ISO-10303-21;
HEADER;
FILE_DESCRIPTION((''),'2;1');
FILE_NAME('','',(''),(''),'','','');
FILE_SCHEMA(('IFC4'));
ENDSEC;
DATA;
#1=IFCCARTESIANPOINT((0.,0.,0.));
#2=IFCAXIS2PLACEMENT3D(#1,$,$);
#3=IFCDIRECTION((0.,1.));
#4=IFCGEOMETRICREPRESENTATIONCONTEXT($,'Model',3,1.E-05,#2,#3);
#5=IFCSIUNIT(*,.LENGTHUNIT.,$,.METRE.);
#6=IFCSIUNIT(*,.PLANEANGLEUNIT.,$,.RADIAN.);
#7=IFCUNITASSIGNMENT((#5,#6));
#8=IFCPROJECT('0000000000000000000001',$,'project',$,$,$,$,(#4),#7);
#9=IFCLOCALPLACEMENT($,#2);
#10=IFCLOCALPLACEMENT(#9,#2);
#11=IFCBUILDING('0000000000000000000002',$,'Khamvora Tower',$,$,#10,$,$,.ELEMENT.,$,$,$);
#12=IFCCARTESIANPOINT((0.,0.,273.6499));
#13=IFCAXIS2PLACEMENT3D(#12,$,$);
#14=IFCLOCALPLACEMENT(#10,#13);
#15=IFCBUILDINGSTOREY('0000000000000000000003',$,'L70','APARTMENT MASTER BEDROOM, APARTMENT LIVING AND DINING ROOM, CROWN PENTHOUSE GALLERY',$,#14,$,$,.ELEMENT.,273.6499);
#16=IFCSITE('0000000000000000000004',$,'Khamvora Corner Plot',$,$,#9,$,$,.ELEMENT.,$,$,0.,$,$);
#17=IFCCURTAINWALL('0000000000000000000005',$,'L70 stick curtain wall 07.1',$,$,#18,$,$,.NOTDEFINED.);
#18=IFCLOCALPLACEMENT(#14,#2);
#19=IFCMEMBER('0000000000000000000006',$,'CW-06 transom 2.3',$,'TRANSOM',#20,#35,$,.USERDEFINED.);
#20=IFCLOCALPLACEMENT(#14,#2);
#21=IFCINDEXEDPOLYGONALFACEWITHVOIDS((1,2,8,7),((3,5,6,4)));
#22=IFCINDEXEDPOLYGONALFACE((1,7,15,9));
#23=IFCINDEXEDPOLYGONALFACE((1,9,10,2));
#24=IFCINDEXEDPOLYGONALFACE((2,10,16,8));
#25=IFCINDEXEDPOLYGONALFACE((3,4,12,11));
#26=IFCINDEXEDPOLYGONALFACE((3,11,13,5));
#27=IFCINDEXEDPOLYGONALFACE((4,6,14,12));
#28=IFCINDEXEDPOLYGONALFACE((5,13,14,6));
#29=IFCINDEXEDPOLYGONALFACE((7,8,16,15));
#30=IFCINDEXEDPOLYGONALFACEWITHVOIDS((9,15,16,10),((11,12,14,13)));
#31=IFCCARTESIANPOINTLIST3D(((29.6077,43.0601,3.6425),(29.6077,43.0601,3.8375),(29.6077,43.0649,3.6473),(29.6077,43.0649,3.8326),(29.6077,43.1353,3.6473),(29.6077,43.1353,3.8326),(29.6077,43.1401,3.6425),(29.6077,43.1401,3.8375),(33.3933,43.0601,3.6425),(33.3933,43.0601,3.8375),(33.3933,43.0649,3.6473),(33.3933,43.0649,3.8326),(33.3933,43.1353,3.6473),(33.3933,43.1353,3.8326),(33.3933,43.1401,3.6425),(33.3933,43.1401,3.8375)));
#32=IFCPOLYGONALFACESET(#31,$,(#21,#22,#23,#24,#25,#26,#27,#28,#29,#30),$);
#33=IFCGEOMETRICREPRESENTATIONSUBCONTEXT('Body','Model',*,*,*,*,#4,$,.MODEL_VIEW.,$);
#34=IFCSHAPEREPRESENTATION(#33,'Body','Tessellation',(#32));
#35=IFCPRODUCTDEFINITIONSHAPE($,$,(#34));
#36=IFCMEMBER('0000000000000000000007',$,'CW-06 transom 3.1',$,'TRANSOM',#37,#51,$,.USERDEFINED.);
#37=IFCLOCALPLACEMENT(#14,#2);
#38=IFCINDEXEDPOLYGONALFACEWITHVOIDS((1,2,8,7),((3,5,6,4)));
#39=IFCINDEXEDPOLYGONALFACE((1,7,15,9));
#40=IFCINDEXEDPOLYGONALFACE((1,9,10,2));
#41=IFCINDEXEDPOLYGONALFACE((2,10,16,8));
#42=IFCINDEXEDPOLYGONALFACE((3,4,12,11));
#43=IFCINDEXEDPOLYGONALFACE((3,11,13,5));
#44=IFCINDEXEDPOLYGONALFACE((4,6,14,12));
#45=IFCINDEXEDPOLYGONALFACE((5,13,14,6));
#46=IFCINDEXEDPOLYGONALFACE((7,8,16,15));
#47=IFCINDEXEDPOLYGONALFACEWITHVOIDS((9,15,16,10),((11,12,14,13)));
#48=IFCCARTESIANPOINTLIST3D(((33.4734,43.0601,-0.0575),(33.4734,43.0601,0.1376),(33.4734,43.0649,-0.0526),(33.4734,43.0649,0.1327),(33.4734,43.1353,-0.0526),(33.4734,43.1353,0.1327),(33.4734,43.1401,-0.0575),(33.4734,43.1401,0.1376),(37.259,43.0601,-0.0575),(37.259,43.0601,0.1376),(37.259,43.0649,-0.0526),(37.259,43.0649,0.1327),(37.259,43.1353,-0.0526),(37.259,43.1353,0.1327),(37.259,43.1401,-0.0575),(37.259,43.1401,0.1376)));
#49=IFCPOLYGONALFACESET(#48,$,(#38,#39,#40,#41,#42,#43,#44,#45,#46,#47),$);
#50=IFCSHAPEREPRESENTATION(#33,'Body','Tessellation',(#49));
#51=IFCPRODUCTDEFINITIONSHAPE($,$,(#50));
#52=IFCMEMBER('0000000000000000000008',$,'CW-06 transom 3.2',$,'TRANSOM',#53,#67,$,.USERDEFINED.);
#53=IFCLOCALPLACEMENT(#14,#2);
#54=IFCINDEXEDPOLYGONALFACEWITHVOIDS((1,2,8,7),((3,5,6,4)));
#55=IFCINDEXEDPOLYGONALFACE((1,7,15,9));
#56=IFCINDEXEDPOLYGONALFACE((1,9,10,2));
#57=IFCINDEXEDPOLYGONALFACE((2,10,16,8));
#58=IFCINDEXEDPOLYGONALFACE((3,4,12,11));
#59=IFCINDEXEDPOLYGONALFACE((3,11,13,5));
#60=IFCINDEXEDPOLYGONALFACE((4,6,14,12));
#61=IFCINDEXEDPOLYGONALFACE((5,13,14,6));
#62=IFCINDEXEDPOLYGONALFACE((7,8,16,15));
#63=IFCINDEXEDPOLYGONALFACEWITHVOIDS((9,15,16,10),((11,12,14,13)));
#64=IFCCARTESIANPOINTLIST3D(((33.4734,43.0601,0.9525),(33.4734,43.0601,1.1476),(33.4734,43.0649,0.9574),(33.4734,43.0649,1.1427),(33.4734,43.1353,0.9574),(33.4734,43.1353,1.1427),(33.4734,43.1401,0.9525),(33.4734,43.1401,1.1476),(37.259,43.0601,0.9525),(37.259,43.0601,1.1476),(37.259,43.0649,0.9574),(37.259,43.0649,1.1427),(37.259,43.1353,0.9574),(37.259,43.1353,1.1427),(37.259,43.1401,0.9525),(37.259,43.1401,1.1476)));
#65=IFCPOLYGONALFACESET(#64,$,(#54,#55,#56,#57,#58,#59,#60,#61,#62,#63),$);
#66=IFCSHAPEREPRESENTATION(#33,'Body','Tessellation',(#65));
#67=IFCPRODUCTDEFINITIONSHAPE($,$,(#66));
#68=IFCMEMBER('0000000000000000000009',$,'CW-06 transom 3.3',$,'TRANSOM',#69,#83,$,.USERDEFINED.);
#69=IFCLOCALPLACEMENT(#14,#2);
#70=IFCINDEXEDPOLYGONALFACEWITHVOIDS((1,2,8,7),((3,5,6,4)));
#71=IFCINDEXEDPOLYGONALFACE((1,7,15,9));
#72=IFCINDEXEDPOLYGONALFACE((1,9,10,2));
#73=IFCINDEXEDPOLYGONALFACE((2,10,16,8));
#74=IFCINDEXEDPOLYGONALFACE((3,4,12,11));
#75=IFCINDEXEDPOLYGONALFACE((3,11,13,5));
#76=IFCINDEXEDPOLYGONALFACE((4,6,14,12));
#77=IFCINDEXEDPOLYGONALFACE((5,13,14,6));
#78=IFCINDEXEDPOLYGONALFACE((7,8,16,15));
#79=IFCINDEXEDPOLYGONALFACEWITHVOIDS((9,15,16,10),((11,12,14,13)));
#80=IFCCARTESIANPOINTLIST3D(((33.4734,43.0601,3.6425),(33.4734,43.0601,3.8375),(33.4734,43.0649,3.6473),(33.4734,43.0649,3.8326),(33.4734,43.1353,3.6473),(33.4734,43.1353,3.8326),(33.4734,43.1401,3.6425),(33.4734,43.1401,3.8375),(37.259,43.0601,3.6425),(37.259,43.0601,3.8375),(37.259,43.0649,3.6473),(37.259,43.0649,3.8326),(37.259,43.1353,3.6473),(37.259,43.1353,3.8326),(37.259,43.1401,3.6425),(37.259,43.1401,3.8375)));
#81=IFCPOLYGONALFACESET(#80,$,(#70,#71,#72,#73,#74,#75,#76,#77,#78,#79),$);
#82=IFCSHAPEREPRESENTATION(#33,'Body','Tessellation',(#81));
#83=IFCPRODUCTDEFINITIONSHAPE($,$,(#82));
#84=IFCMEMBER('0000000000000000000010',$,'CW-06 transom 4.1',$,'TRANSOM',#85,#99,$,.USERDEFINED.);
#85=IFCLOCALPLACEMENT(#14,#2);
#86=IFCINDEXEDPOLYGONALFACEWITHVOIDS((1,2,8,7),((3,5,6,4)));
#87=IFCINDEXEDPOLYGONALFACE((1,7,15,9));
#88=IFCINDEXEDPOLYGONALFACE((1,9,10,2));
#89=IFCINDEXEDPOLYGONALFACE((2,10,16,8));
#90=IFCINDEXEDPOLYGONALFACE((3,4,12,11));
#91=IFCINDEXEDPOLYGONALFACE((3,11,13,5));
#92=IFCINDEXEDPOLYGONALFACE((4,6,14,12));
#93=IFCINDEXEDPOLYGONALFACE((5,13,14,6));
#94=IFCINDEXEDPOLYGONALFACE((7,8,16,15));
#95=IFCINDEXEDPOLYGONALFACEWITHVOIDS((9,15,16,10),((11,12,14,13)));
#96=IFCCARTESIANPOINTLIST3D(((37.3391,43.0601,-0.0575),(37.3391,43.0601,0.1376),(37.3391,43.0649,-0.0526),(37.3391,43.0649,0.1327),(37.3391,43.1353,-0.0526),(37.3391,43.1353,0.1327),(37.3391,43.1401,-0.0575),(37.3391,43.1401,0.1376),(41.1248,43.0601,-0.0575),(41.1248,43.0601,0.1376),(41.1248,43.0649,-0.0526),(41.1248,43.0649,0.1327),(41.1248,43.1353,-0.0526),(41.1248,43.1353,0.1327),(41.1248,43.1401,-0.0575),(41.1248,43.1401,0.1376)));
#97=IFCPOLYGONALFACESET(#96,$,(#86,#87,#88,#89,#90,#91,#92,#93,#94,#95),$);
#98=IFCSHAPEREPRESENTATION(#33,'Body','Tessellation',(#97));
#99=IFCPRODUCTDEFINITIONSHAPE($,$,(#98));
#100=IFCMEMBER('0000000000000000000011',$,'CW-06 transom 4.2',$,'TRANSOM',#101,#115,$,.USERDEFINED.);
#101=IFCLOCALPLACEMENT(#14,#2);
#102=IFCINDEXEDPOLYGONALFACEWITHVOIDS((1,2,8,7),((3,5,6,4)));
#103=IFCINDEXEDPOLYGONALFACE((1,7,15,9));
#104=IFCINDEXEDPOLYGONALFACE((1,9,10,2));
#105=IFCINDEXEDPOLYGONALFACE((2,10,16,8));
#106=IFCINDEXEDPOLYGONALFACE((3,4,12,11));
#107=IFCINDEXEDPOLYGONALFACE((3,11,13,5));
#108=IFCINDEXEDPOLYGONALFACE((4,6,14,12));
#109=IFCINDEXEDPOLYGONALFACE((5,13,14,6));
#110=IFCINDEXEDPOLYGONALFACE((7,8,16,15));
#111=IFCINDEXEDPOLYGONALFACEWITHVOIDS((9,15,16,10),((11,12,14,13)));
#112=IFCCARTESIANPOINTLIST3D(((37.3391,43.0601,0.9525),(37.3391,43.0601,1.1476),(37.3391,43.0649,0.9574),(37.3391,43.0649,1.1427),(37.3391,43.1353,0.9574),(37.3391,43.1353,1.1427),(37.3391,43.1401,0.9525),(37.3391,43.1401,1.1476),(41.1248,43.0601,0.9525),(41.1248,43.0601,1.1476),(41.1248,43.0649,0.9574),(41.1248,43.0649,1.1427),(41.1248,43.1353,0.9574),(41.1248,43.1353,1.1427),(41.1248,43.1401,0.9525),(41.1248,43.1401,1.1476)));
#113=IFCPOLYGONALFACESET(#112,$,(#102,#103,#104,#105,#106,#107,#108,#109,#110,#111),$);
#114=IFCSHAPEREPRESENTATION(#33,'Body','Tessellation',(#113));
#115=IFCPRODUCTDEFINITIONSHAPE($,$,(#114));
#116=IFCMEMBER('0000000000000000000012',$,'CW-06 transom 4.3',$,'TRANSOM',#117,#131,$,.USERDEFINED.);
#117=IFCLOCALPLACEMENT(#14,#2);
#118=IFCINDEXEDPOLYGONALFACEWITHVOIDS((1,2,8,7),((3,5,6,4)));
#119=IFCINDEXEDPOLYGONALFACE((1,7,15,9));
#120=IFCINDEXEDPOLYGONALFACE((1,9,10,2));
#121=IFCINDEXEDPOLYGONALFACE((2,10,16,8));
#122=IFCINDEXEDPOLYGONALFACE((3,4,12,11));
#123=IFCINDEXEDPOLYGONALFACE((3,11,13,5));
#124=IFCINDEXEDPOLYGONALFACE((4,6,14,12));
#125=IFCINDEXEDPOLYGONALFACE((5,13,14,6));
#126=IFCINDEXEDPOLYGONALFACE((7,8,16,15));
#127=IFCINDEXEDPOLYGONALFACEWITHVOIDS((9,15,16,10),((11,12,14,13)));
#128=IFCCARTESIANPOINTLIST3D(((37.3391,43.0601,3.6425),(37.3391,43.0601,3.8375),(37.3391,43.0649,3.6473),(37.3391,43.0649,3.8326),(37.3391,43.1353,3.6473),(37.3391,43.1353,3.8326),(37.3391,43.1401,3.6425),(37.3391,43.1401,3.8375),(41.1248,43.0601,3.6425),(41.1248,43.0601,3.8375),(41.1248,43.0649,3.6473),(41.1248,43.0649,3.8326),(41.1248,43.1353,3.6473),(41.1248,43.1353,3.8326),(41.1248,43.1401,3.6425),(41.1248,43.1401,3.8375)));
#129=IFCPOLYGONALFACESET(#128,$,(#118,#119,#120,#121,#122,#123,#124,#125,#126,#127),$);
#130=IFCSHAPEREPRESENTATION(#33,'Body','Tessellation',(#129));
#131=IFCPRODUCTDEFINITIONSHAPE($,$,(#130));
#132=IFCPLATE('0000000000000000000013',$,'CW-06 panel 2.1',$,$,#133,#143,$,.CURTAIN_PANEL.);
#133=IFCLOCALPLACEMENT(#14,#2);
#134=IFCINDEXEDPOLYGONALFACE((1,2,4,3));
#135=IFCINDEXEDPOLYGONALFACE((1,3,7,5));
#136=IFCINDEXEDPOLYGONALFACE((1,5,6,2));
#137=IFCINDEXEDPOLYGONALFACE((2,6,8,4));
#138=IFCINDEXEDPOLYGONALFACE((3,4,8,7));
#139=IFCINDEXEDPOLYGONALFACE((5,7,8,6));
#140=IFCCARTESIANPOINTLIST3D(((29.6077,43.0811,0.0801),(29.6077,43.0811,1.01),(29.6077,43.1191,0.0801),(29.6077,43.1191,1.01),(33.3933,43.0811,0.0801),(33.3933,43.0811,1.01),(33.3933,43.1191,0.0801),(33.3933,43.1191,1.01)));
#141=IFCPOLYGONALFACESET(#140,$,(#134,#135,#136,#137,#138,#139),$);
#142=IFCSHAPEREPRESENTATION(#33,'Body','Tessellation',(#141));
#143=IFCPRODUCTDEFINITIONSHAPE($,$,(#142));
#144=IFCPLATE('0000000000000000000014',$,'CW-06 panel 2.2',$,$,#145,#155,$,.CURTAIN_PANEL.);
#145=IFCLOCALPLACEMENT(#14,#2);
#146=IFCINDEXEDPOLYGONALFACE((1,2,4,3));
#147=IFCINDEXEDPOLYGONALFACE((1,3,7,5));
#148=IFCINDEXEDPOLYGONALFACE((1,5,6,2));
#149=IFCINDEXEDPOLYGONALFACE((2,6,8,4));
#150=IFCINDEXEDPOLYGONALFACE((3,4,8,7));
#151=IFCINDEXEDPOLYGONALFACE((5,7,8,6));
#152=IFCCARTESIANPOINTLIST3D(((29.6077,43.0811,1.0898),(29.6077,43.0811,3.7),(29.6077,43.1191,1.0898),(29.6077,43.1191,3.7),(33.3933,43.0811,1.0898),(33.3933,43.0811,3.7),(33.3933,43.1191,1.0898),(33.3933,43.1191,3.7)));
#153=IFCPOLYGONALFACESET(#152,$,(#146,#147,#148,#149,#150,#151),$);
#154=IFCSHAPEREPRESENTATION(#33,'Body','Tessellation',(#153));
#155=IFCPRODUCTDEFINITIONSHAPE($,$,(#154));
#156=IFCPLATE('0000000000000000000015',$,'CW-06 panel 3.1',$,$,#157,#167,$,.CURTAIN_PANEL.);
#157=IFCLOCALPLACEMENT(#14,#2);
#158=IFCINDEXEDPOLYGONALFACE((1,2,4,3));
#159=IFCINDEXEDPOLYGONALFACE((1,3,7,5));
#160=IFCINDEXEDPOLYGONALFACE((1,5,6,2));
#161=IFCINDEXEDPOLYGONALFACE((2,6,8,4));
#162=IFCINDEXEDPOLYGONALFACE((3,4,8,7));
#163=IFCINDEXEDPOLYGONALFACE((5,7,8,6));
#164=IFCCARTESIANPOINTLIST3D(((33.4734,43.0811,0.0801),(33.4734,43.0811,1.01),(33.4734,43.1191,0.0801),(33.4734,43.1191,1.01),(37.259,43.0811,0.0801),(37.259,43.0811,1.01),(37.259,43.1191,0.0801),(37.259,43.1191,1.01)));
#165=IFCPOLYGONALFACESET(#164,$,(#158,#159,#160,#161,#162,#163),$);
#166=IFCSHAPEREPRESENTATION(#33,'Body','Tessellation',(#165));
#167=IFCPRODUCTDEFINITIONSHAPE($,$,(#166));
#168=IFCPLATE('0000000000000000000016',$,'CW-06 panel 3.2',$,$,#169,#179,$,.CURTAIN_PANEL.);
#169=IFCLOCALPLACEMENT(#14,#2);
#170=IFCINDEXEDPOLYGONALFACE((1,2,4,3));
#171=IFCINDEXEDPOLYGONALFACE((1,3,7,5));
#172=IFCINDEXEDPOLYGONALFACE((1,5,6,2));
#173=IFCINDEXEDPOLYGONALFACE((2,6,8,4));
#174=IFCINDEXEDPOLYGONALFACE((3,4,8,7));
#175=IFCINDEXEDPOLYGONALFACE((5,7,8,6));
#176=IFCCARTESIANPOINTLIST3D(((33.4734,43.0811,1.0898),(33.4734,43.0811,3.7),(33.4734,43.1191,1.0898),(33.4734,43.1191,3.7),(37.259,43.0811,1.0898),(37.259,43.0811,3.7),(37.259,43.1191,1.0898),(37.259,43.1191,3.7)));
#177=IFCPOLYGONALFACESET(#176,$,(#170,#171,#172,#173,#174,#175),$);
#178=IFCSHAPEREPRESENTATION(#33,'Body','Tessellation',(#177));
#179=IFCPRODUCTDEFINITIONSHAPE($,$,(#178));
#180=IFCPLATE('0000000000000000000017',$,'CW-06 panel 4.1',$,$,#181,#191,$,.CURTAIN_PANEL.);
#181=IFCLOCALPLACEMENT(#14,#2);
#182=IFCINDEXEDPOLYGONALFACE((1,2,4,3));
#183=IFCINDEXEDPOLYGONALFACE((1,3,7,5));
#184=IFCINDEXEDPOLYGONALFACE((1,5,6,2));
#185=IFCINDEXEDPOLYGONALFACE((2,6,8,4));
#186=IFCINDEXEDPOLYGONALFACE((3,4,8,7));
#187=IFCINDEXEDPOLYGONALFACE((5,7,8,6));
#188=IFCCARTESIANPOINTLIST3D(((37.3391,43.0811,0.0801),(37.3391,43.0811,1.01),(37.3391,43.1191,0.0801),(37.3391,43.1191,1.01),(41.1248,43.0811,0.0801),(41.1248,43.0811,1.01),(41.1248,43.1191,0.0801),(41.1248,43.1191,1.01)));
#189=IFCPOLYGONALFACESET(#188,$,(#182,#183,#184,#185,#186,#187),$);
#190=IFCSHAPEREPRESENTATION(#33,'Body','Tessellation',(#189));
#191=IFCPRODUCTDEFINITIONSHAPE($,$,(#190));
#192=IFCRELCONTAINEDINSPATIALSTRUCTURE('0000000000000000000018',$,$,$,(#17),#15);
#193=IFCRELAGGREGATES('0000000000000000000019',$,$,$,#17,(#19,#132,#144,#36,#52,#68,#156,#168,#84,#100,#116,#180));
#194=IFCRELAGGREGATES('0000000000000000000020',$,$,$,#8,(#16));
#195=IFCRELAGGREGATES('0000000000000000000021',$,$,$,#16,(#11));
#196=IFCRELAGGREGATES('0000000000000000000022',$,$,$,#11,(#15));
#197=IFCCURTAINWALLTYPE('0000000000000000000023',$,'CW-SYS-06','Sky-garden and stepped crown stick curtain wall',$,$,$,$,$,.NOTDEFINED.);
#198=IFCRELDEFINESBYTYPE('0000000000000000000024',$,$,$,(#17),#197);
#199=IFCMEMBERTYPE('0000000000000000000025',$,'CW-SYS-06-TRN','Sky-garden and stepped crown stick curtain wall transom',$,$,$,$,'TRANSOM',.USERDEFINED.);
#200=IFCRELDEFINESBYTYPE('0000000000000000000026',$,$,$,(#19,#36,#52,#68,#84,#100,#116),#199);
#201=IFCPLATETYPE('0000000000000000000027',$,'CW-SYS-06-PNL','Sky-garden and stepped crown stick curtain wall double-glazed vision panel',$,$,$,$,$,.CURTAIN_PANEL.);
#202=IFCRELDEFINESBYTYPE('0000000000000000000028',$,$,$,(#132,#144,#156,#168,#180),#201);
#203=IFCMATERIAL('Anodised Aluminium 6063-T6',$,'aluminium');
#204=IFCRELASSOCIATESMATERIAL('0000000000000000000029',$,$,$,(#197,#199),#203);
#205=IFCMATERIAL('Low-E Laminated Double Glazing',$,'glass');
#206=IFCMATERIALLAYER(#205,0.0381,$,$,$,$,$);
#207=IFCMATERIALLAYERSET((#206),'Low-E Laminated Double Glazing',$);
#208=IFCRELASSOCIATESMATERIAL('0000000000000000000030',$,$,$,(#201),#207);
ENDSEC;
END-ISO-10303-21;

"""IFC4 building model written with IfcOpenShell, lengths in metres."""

from ifc_helpers import new_model, si_unit, direction, frame, origin, origin_2d, place, context, subcontext, project, spatial, rectangle, hollow_rectangle, extrude, material, layer, layer_set, material_profile, profile_set, type_object, element, aggregate, save


model = new_model("IFC4")

# Units and contexts
model_context = context("Model", 3, precision=1e-05, world=origin(), true_north=direction((0.0, 1.0)))
body_context = subcontext(model_context, "Body", "Model", "MODEL_VIEW")
ifc_project = project(units=[si_unit("LENGTHUNIT", "METRE"), si_unit("PLANEANGLEUNIT", "RADIAN")], contexts=[model_context])

# Site, building, storey
site_placement = place(None, origin())
site = spatial("IfcSite", under=ifc_project, at=site_placement, Name="Khamvora Corner Plot", CompositionType="ELEMENT", RefElevation=0.0)
building_placement = place(site_placement, origin())
building = spatial("IfcBuilding", under=site, at=building_placement, Name="Khamvora Tower", CompositionType="ELEMENT")
storey_placement = place(building_placement, frame((0.0, 0.0, 273.6499)))
storey = spatial("IfcBuildingStorey", under=building, at=storey_placement, Name="L70", Description="APARTMENT MASTER BEDROOM, APARTMENT LIVING AND DINING ROOM, CROWN PENTHOUSE GALLERY", CompositionType="ELEMENT", Elevation=273.6499)

# Curtain wall, members, plates
ifc_material_1 = material(Name="Anodised Aluminium 6063-T6", Category="aluminium")
curtain_wall_type = type_object("IfcCurtainWallType", Name="CW-SYS-06", Description="Sky-garden and stepped crown stick curtain wall", PredefinedType="NOTDEFINED", material=ifc_material_1)
curtain_wall_placement = place(storey_placement, origin())
curtain_wall = element("IfcCurtainWall", 1, at=curtain_wall_placement, inside=storey, type_object=curtain_wall_type, Name="L70 stick curtain wall 07.1", PredefinedType="NOTDEFINED")
ifc_material_profile_1 = material_profile(ifc_material_1, hollow_rectangle(XDim=0.0801, YDim=0.1951, WallThickness=0.0049, at=origin_2d()), Name="TRN80x195x5")
ifc_profile_set_1 = profile_set([ifc_material_profile_1], Name="Anodised Aluminium 6063-T6")
member_type_1 = type_object("IfcMemberType", Name="CW-SYS-06-TRN", Description="Sky-garden and stepped crown stick curtain wall transom", ElementType="TRANSOM", PredefinedType="USERDEFINED", material=ifc_profile_set_1)
member_1_placement = place(storey_placement, frame((29.6077, 43.1001, 3.74), z_axis=(1.0, 0.0, 0.0), x_axis=(0.0, 1.0, 0.0)))
member_1 = element("IfcMember", 2, at=member_1_placement, type_object=member_type_1, Name="CW-06 transom 2.3", ObjectType="TRANSOM", PredefinedType="USERDEFINED", context=body_context, shape_type="SweptSolid", body=[
    extrude(hollow_rectangle(XDim=0.0801, YDim=0.1951, WallThickness=0.0049, at=origin_2d()), origin(), (0.0, 0.0, 1.0), 3.7856),
])
member_2_placement = place(storey_placement, frame((33.4734, 43.1001, 0.04), z_axis=(1.0, 0.0, 0.0), x_axis=(0.0, 1.0, 0.0)))
member_2 = element("IfcMember", 3, at=member_2_placement, type_object=member_type_1, Name="CW-06 transom 3.1", ObjectType="TRANSOM", PredefinedType="USERDEFINED", context=body_context, shape_type="SweptSolid", body=[
    extrude(hollow_rectangle(XDim=0.0801, YDim=0.1951, WallThickness=0.0049, at=origin_2d()), origin(), (0.0, 0.0, 1.0), 3.7856),
])
member_3_placement = place(storey_placement, frame((33.4734, 43.1001, 1.05), z_axis=(1.0, 0.0, 0.0), x_axis=(0.0, 1.0, 0.0)))
member_3 = element("IfcMember", 4, at=member_3_placement, type_object=member_type_1, Name="CW-06 transom 3.2", ObjectType="TRANSOM", PredefinedType="USERDEFINED", context=body_context, shape_type="SweptSolid", body=[
    extrude(hollow_rectangle(XDim=0.0801, YDim=0.1951, WallThickness=0.0049, at=origin_2d()), origin(), (0.0, 0.0, 1.0), 3.7856),
])
member_4_placement = place(storey_placement, frame((33.4734, 43.1001, 3.74), z_axis=(1.0, 0.0, 0.0), x_axis=(0.0, 1.0, 0.0)))
member_4 = element("IfcMember", 5, at=member_4_placement, type_object=member_type_1, Name="CW-06 transom 3.3", ObjectType="TRANSOM", PredefinedType="USERDEFINED", context=body_context, shape_type="SweptSolid", body=[
    extrude(hollow_rectangle(XDim=0.0801, YDim=0.1951, WallThickness=0.0049, at=origin_2d()), origin(), (0.0, 0.0, 1.0), 3.7856),
])
member_5_placement = place(storey_placement, frame((37.3391, 43.1001, 0.04), z_axis=(1.0, 0.0, 0.0), x_axis=(0.0, 1.0, 0.0)))
member_5 = element("IfcMember", 6, at=member_5_placement, type_object=member_type_1, Name="CW-06 transom 4.1", ObjectType="TRANSOM", PredefinedType="USERDEFINED", context=body_context, shape_type="SweptSolid", body=[
    extrude(hollow_rectangle(XDim=0.0801, YDim=0.1951, WallThickness=0.0049, at=origin_2d()), origin(), (0.0, 0.0, 1.0), 3.7856),
])
member_6_placement = place(storey_placement, frame((37.3391, 43.1001, 1.05), z_axis=(1.0, 0.0, 0.0), x_axis=(0.0, 1.0, 0.0)))
member_6 = element("IfcMember", 7, at=member_6_placement, type_object=member_type_1, Name="CW-06 transom 4.2", ObjectType="TRANSOM", PredefinedType="USERDEFINED", context=body_context, shape_type="SweptSolid", body=[
    extrude(hollow_rectangle(XDim=0.0801, YDim=0.1951, WallThickness=0.0049, at=origin_2d()), origin(), (0.0, 0.0, 1.0), 3.7856),
])
member_7_placement = place(storey_placement, frame((37.3391, 43.1001, 3.74), z_axis=(1.0, 0.0, 0.0), x_axis=(0.0, 1.0, 0.0)))
member_7 = element("IfcMember", 8, at=member_7_placement, type_object=member_type_1, Name="CW-06 transom 4.3", ObjectType="TRANSOM", PredefinedType="USERDEFINED", context=body_context, shape_type="SweptSolid", body=[
    extrude(hollow_rectangle(XDim=0.0801, YDim=0.1951, WallThickness=0.0049, at=origin_2d()), origin(), (0.0, 0.0, 1.0), 3.7856),
])
ifc_material_2 = material(Name="Low-E Laminated Double Glazing", Category="glass")
ifc_layer_1 = layer(ifc_material_2, 0.0381)
ifc_layer_set_1 = layer_set([ifc_layer_1], Name="Low-E Laminated Double Glazing")
plate_type_1 = type_object("IfcPlateType", Name="CW-SYS-06-PNL", Description="Sky-garden and stepped crown stick curtain wall double-glazed vision panel", PredefinedType="CURTAIN_PANEL", material=ifc_layer_set_1)
plate_1_placement = place(storey_placement, frame((31.5005, 43.1001, 0.0801), z_axis=(0.0, 0.0, 1.0), x_axis=(1.0, 0.0, 0.0)))
plate_1 = element("IfcPlate", 9, at=plate_1_placement, type_object=plate_type_1, Name="CW-06 panel 2.1", PredefinedType="CURTAIN_PANEL", context=body_context, shape_type="SweptSolid", body=[
    extrude(rectangle(XDim=3.7856, YDim=0.0381, at=origin_2d()), origin(), (0.0, 0.0, 1.0), 0.9299),
])
plate_2_placement = place(storey_placement, frame((31.5005, 43.1001, 1.0898), z_axis=(0.0, 0.0, 1.0), x_axis=(1.0, 0.0, 0.0)))
plate_2 = element("IfcPlate", 10, at=plate_2_placement, type_object=plate_type_1, Name="CW-06 panel 2.2", PredefinedType="CURTAIN_PANEL", context=body_context, shape_type="SweptSolid", body=[
    extrude(rectangle(XDim=3.7856, YDim=0.0381, at=origin_2d()), origin(), (0.0, 0.0, 1.0), 2.6101),
])
plate_3_placement = place(storey_placement, frame((35.3662, 43.1001, 0.0801), z_axis=(0.0, 0.0, 1.0), x_axis=(1.0, 0.0, 0.0)))
plate_3 = element("IfcPlate", 11, at=plate_3_placement, type_object=plate_type_1, Name="CW-06 panel 3.1", PredefinedType="CURTAIN_PANEL", context=body_context, shape_type="SweptSolid", body=[
    extrude(rectangle(XDim=3.7856, YDim=0.0381, at=origin_2d()), origin(), (0.0, 0.0, 1.0), 0.9299),
])
plate_4_placement = place(storey_placement, frame((35.3662, 43.1001, 1.0898), z_axis=(0.0, 0.0, 1.0), x_axis=(1.0, 0.0, 0.0)))
plate_4 = element("IfcPlate", 12, at=plate_4_placement, type_object=plate_type_1, Name="CW-06 panel 3.2", PredefinedType="CURTAIN_PANEL", context=body_context, shape_type="SweptSolid", body=[
    extrude(rectangle(XDim=3.7856, YDim=0.0381, at=origin_2d()), origin(), (0.0, 0.0, 1.0), 2.6101),
])
plate_5_placement = place(storey_placement, frame((39.2319, 43.1001, 0.0801), z_axis=(0.0, 0.0, 1.0), x_axis=(1.0, 0.0, 0.0)))
plate_5 = element("IfcPlate", 13, at=plate_5_placement, type_object=plate_type_1, Name="CW-06 panel 4.1", PredefinedType="CURTAIN_PANEL", context=body_context, shape_type="SweptSolid", body=[
    extrude(rectangle(XDim=3.7856, YDim=0.0381, at=origin_2d()), origin(), (0.0, 0.0, 1.0), 0.9299),
])
aggregate(curtain_wall, [member_1, plate_1, plate_2, member_2, member_3, member_4, plate_3, plate_4, member_5, member_6, member_7, plate_5])

save(model, "model.ifc")
